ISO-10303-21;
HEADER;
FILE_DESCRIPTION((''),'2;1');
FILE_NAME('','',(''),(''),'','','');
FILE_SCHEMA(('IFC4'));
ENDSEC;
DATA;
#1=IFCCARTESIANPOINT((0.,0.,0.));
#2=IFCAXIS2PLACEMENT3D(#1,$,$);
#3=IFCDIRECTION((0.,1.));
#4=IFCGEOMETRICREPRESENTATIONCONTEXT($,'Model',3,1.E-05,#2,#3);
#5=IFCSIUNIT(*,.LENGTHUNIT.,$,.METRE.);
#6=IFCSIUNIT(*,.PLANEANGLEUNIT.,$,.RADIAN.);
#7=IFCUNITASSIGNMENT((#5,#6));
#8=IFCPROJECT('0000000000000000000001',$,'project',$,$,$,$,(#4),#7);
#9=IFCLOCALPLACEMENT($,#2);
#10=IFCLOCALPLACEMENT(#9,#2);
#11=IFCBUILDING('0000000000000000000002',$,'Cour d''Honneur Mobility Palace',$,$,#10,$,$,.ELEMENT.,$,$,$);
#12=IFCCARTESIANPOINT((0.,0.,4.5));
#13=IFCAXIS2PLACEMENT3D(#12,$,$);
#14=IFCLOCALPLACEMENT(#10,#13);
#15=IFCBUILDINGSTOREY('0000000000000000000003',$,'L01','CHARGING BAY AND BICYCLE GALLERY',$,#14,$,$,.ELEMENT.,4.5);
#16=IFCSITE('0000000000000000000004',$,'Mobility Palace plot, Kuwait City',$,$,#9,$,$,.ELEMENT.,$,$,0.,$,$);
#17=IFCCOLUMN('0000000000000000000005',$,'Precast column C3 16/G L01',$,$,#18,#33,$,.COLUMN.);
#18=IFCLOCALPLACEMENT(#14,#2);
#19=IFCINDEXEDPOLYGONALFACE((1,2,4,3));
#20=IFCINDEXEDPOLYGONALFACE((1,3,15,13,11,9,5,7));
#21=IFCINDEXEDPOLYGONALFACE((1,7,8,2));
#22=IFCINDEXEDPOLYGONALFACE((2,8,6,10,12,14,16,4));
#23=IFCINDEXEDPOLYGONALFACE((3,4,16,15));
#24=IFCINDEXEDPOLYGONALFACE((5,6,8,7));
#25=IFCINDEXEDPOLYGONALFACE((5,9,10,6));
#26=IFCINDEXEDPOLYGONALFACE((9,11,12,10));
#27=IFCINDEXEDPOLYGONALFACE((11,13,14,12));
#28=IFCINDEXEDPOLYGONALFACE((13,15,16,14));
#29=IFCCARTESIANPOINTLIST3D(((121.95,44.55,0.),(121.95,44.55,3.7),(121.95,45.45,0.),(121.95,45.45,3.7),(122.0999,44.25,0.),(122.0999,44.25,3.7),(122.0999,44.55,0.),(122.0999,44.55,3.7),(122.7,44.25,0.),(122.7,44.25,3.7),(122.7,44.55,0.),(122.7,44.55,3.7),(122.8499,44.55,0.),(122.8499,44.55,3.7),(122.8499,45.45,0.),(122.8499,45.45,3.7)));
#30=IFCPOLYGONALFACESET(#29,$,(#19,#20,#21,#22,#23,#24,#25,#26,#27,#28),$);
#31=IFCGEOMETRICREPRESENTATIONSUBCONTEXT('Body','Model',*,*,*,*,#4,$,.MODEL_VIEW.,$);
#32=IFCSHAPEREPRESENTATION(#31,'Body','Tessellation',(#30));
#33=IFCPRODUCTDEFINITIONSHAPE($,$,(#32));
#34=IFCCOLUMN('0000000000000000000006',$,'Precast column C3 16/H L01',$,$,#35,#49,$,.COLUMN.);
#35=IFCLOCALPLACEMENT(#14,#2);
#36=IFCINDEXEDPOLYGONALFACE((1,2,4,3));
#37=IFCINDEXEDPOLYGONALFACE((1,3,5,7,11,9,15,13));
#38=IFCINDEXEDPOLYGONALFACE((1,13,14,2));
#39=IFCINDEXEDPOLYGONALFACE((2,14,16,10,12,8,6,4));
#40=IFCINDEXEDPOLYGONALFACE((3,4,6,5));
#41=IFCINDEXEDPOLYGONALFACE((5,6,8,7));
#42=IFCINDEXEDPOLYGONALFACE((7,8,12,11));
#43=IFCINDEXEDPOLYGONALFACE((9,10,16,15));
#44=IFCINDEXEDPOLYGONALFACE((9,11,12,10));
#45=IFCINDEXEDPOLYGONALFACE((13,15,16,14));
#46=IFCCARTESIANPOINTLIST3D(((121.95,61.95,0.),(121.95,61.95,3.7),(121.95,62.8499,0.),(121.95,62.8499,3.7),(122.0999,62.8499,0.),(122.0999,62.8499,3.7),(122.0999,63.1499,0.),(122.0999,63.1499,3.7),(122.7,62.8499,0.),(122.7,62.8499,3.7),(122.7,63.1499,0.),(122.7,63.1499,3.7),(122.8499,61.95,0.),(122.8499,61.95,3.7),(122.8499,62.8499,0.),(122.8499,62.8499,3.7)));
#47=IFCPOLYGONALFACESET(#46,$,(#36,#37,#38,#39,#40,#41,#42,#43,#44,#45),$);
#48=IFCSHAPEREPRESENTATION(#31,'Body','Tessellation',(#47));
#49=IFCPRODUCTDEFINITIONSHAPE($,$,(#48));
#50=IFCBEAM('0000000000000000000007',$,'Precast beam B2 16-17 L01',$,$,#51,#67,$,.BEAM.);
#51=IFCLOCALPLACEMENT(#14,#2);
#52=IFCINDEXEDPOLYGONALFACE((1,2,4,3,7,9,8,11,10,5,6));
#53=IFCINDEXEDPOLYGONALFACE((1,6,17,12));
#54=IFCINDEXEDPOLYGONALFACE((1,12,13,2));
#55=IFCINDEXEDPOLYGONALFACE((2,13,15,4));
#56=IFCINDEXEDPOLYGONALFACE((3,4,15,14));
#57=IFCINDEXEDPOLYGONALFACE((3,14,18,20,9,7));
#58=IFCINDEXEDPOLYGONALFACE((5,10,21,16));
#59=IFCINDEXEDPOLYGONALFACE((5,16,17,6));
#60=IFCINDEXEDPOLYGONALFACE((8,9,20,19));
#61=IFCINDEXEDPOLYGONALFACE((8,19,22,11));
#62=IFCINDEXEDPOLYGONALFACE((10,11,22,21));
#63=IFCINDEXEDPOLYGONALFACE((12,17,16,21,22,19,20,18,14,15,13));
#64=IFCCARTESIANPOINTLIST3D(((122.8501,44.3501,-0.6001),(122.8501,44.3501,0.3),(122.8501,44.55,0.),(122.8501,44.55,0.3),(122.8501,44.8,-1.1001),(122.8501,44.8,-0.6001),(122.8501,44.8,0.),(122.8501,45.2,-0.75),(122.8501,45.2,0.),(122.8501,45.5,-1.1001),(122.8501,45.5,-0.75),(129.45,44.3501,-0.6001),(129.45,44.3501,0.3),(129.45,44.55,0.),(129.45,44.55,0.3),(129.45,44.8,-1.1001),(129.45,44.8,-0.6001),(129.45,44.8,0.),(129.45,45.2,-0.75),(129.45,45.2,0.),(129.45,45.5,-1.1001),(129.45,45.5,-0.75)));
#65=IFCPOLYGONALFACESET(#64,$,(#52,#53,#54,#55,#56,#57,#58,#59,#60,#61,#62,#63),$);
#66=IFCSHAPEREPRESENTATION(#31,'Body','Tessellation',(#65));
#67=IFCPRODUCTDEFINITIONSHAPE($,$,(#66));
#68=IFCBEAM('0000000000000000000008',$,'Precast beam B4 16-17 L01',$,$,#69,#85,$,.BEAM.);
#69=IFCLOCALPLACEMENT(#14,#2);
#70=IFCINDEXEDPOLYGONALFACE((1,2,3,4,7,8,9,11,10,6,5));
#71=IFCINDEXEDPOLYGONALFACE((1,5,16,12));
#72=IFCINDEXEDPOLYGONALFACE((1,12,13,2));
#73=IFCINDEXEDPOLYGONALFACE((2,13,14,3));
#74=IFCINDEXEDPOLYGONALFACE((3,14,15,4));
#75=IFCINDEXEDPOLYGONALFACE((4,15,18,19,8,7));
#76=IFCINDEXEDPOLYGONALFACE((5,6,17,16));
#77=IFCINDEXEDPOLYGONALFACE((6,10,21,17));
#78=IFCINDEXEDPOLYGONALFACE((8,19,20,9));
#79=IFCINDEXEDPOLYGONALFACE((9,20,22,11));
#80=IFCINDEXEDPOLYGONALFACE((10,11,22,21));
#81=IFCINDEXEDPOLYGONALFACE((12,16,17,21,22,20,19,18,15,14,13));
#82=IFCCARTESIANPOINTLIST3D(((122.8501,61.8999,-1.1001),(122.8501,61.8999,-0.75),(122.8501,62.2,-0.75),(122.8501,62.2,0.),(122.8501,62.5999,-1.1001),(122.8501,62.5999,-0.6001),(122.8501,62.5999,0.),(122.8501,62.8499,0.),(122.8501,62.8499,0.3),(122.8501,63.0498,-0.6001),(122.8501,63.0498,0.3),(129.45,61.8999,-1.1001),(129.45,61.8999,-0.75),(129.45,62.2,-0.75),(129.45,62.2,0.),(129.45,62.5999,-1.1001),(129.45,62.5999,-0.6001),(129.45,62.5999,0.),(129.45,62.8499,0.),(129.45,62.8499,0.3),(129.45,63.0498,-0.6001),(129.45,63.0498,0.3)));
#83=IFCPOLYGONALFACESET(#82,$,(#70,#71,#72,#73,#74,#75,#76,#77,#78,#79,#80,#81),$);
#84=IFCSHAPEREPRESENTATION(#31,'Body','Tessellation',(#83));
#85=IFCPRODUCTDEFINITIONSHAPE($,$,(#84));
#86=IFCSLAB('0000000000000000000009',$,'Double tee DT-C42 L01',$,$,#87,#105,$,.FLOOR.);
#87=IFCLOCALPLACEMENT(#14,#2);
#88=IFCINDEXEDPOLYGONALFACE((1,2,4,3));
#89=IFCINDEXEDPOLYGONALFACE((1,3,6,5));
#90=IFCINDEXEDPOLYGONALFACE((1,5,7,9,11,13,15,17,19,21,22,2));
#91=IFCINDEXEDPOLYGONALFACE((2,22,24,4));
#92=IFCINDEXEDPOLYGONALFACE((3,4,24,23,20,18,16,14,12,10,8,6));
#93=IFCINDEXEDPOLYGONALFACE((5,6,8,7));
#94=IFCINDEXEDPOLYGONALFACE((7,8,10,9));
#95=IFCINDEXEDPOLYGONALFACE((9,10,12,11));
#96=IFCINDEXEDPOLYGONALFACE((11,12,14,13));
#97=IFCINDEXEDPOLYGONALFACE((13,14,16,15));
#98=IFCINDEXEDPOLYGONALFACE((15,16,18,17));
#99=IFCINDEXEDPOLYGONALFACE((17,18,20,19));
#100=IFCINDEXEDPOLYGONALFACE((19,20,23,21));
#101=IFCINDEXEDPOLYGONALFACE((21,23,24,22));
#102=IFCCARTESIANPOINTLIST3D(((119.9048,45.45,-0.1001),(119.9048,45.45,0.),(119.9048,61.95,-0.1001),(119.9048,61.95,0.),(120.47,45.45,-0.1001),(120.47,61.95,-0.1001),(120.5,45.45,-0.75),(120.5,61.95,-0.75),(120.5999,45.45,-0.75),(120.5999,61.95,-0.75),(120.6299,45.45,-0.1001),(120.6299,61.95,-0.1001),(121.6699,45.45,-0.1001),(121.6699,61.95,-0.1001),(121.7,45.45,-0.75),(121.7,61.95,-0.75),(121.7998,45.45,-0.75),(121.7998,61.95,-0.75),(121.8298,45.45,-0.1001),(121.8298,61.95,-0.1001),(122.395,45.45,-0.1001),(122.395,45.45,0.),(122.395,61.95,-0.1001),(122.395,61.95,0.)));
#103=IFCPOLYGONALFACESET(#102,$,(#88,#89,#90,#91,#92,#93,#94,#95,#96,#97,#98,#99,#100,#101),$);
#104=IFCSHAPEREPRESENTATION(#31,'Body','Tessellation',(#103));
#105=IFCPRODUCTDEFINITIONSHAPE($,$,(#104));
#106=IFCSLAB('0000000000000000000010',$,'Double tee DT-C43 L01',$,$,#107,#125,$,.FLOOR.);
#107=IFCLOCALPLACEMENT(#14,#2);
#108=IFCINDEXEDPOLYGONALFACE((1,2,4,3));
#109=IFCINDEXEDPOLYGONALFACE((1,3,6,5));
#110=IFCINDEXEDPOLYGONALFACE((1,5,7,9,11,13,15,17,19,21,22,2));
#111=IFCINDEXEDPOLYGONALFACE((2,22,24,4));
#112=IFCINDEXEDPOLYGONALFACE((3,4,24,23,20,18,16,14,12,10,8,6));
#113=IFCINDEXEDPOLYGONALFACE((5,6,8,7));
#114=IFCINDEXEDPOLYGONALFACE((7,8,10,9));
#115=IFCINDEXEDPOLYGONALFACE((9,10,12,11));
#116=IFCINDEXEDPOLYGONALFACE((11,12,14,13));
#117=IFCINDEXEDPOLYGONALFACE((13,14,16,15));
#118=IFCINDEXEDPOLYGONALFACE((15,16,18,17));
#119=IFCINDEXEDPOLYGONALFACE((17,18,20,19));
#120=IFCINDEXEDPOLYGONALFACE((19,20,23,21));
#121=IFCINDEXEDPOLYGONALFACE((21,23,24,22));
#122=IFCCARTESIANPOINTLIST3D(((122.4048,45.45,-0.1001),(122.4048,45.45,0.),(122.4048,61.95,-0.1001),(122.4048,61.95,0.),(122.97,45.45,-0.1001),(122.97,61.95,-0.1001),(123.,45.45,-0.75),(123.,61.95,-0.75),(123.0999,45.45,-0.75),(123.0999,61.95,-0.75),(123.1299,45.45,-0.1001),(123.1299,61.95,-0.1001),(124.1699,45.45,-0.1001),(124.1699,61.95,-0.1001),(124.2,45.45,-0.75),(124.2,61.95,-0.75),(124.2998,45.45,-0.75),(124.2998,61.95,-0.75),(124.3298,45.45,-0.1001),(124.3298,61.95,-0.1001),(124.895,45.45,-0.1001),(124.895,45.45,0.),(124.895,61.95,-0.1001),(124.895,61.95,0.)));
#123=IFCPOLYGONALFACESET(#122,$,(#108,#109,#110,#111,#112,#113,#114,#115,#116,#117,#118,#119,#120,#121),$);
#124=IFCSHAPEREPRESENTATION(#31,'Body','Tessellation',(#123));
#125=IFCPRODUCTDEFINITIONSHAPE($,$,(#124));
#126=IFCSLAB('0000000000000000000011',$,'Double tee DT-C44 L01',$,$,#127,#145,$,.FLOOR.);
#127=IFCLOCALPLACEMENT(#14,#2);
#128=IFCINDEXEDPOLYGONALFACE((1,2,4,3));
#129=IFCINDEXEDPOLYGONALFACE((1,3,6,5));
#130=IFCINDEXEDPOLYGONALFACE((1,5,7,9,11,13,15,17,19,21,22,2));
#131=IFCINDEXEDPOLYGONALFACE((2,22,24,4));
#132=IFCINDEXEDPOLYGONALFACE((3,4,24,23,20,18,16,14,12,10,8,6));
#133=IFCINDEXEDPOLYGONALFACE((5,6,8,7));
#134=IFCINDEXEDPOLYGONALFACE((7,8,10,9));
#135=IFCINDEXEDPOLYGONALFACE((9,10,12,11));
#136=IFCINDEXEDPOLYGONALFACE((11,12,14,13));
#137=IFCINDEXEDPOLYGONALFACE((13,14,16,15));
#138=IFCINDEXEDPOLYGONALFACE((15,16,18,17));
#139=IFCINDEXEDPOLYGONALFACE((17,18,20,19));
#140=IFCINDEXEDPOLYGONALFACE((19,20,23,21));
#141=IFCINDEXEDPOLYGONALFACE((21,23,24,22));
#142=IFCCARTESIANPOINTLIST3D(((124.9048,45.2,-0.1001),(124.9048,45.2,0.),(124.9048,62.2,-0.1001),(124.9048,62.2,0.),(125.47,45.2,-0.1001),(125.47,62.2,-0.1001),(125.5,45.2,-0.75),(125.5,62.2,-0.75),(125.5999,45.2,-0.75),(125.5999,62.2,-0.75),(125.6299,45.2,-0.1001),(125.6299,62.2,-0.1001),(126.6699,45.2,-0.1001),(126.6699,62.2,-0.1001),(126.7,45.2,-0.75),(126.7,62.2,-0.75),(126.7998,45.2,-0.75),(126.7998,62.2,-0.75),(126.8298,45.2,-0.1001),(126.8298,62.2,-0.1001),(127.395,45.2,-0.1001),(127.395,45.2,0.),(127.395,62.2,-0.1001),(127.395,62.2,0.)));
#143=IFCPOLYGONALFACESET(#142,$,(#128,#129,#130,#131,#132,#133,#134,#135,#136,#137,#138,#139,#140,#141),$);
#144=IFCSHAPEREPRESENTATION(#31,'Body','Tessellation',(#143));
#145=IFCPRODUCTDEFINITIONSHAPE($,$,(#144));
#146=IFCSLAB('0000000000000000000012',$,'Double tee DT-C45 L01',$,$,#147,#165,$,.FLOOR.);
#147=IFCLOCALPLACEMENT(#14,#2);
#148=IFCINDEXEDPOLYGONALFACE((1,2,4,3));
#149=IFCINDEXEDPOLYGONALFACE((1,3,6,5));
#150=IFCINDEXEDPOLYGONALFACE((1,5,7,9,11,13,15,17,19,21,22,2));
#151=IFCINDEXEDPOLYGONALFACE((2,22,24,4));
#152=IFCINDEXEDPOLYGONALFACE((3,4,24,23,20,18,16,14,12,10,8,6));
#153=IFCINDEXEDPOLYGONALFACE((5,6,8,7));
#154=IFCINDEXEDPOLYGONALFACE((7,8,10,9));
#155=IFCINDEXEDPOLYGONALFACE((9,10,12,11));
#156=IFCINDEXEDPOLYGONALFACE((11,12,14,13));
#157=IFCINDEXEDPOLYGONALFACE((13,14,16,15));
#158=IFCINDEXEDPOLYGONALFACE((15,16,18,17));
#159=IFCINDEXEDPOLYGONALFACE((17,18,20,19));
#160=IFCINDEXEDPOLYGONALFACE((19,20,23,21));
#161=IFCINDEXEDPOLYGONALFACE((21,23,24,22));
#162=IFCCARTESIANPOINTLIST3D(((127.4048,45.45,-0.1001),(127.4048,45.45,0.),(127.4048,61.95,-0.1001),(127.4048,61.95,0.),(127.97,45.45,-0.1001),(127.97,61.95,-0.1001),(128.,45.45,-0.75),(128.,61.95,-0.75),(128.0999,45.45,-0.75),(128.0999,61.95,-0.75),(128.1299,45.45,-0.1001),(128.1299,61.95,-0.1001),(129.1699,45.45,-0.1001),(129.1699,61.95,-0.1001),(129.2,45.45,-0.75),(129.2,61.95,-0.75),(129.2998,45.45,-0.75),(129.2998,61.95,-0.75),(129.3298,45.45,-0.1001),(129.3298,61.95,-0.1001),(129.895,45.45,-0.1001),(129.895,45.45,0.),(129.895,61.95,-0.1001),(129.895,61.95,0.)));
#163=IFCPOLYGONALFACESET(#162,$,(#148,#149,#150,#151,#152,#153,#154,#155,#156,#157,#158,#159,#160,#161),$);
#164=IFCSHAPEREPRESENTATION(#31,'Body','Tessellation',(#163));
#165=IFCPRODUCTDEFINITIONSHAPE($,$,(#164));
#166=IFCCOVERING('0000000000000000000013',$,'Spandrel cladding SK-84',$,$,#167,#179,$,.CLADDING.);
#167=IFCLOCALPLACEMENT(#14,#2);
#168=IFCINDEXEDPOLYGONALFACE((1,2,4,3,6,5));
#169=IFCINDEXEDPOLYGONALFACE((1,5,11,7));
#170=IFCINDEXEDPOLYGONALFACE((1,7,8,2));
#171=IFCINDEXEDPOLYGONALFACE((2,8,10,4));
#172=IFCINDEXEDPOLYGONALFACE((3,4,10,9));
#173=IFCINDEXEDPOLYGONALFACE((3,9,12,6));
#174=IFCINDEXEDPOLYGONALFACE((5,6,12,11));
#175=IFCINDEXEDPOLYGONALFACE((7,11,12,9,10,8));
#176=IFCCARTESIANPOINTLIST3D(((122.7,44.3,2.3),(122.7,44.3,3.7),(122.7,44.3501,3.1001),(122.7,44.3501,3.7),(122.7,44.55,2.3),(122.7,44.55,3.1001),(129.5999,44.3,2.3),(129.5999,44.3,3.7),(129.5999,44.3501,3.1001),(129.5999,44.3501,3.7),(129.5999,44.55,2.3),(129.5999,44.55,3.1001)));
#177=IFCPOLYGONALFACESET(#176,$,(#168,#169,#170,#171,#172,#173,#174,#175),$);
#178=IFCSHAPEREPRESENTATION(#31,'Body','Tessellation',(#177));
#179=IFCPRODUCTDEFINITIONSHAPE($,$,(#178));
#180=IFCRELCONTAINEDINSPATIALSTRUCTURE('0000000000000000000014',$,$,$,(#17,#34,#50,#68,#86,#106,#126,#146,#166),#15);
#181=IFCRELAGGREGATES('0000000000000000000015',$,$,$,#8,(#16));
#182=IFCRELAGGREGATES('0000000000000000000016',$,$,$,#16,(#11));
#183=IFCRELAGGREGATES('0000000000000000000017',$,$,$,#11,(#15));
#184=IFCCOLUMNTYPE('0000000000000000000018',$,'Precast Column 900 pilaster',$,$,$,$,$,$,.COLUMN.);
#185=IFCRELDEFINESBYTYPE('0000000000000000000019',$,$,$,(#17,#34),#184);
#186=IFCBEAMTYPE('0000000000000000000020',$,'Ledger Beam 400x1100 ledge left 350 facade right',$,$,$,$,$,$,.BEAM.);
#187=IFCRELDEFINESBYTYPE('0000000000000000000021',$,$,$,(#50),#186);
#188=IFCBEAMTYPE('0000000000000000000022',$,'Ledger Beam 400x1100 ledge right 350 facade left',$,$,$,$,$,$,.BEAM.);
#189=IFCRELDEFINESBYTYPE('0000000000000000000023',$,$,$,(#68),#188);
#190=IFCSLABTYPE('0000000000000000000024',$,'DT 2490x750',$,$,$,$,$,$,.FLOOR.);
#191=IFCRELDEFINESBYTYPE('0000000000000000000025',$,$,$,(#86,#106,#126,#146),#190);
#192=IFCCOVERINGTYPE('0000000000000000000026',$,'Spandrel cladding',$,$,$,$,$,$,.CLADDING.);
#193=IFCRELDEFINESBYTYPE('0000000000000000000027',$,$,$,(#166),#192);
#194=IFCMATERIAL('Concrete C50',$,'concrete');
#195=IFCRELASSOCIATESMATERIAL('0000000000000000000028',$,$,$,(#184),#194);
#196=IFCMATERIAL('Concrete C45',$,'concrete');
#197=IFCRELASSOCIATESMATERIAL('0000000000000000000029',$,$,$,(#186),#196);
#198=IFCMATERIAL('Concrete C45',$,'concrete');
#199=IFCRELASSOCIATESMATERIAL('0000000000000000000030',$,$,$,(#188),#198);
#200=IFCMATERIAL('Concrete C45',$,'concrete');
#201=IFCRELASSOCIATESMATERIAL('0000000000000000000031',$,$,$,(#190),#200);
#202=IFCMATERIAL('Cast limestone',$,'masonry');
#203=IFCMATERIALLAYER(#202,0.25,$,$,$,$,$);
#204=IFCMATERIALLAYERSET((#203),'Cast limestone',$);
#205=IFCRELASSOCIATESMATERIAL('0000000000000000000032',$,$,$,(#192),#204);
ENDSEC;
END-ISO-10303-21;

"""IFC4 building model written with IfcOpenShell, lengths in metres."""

from ifc_helpers import new_model, si_unit, direction, frame, origin, place, context, subcontext, project, spatial, polyline, outline, extrude, material, layer, layer_set, material_profile, profile_set, type_object, element, save


model = new_model("IFC4")

# Units and contexts
model_context = context("Model", 3, precision=1e-05, world=origin(), true_north=direction((0.0, 1.0)))
body_context = subcontext(model_context, "Body", "Model", "MODEL_VIEW")
ifc_project = project(units=[si_unit("LENGTHUNIT", "METRE"), si_unit("PLANEANGLEUNIT", "RADIAN")], contexts=[model_context])

# Site, building, storey
site_placement = place(None, origin())
site = spatial("IfcSite", under=ifc_project, at=site_placement, Name="Mobility Palace plot, Kuwait City", CompositionType="ELEMENT", RefElevation=0.0)
building_placement = place(site_placement, origin())
building = spatial("IfcBuilding", under=site, at=building_placement, Name="Cour d'Honneur Mobility Palace", CompositionType="ELEMENT")
storey_placement = place(building_placement, frame((0.0, 0.0, 4.5)))
storey = spatial("IfcBuildingStorey", under=building, at=storey_placement, Name="L01", Description="CHARGING BAY AND BICYCLE GALLERY", CompositionType="ELEMENT", Elevation=4.5)

# Columns
ifc_material_1 = material(Name="Concrete C50", Category="concrete")
ifc_material_profile_1 = material_profile(ifc_material_1, outline(polyline([(-0.45, -0.45), (0.45, -0.45), (0.45, -0.3), (0.75, -0.3), (0.75, 0.3), (0.45, 0.3), (0.45, 0.45), (-0.45, 0.45), (-0.45, -0.45)])), Name="PC C900 pilaster")
ifc_profile_set_1 = profile_set([ifc_material_profile_1], Name="Concrete C50")
column_type = type_object("IfcColumnType", Name="Precast Column 900 pilaster", PredefinedType="COLUMN", material=ifc_profile_set_1)
for number, where, z_axis, x_axis, name in (
    (1, (122.3999, 45.0, 0.0), (0.0, 0.0, 1.0), (0.0, -1.0, 0.0), "Precast column C3 16/G L01"),
    (2, (122.3999, 62.3999, 0.0), (0.0, 0.0, 1.0), (0.0, 1.0, 0.0), "Precast column C3 16/H L01"),
):
    element("IfcColumn", number, at=place(storey_placement, frame(where, z_axis=z_axis, x_axis=x_axis)), inside=storey, type_object=column_type, Name=name, PredefinedType="COLUMN", context=body_context, shape_type="SweptSolid", body=[
        extrude(outline(polyline([(-0.45, -0.45), (0.45, -0.45), (0.45, -0.3), (0.75, -0.3), (0.75, 0.3), (0.45, 0.3), (0.45, 0.45), (-0.45, 0.45), (-0.45, -0.45)])), origin(), (0.0, 0.0, 1.0), 3.7),
    ])

# Beams
ifc_material_2 = material(Name="Concrete C45", Category="concrete")
ifc_material_profile_2 = material_profile(ifc_material_2, outline(polyline([(0.5, -1.1001), (0.5, -0.75), (0.2, -0.75), (0.2, 0.0), (-0.2, 0.0), (-0.45, 0.0), (-0.45, 0.3), (-0.6499, 0.3), (-0.6499, -0.6001), (-0.2, -0.6001), (-0.2, -1.1001), (0.5, -1.1001)])), Name="Ledger Beam 400x1100 ledge left 350 facade right")
ifc_profile_set_2 = profile_set([ifc_material_profile_2], Name="Concrete C45")
beam_type_1 = type_object("IfcBeamType", Name="Ledger Beam 400x1100 ledge left 350 facade right", PredefinedType="BEAM", material=ifc_profile_set_2)
beam_1_placement = place(storey_placement, frame((122.8501, 45.0, 0.0), z_axis=(1.0, 0.0, 0.0), x_axis=(0.0, 1.0, 0.0)))
element("IfcBeam", 3, at=beam_1_placement, inside=storey, type_object=beam_type_1, Name="Precast beam B2 16-17 L01", PredefinedType="BEAM", context=body_context, shape_type="SweptSolid", body=[
    extrude(outline(polyline([(0.5, -1.1001), (0.5, -0.75), (0.2, -0.75), (0.2, 0.0), (-0.2, 0.0), (-0.45, 0.0), (-0.45, 0.3), (-0.6499, 0.3), (-0.6499, -0.6001), (-0.2, -0.6001), (-0.2, -1.1001), (0.5, -1.1001)])), origin(), (0.0, 0.0, 1.0), 6.5999),
])
ifc_material_3 = material(Name="Concrete C45", Category="concrete")
ifc_material_profile_3 = material_profile(ifc_material_3, outline(polyline([(0.2, -1.1001), (0.2, -0.6001), (0.6499, -0.6001), (0.6499, 0.3), (0.45, 0.3), (0.45, 0.0), (0.2, 0.0), (-0.2, 0.0), (-0.2, -0.75), (-0.5, -0.75), (-0.5, -1.1001), (0.2, -1.1001)])), Name="Ledger Beam 400x1100 ledge right 350 facade left")
ifc_profile_set_3 = profile_set([ifc_material_profile_3], Name="Concrete C45")
beam_type_2 = type_object("IfcBeamType", Name="Ledger Beam 400x1100 ledge right 350 facade left", PredefinedType="BEAM", material=ifc_profile_set_3)
beam_2_placement = place(storey_placement, frame((122.8501, 62.3999, 0.0), z_axis=(1.0, 0.0, 0.0), x_axis=(0.0, 1.0, 0.0)))
element("IfcBeam", 4, at=beam_2_placement, inside=storey, type_object=beam_type_2, Name="Precast beam B4 16-17 L01", PredefinedType="BEAM", context=body_context, shape_type="SweptSolid", body=[
    extrude(outline(polyline([(0.2, -1.1001), (0.2, -0.6001), (0.6499, -0.6001), (0.6499, 0.3), (0.45, 0.3), (0.45, 0.0), (0.2, 0.0), (-0.2, 0.0), (-0.2, -0.75), (-0.5, -0.75), (-0.5, -1.1001), (0.2, -1.1001)])), origin(), (0.0, 0.0, 1.0), 6.5999),
])

# Slabs
ifc_material_4 = material(Name="Concrete C45", Category="concrete")
ifc_material_profile_4 = material_profile(ifc_material_4, outline(polyline([(-1.2451, 0.0), (1.2451, 0.0), (1.2451, -0.1001), (0.6799, -0.1001), (0.6499, -0.75), (0.55, -0.75), (0.52, -0.1001), (-0.52, -0.1001), (-0.55, -0.75), (-0.6499, -0.75), (-0.6799, -0.1001), (-1.2451, -0.1001), (-1.2451, 0.0)])), Name="DT 2490x750")
ifc_profile_set_4 = profile_set([ifc_material_profile_4], Name="Concrete C45")
slab_type = type_object("IfcSlabType", Name="DT 2490x750", PredefinedType="FLOOR", material=ifc_profile_set_4)
for number, where, z_axis, x_axis, name in (
    (5, (121.1499, 45.45, 0.0), (0.0, 1.0, 0.0), (-1.0, 0.0, 0.0), "Double tee DT-C42 L01"),
    (6, (123.6499, 45.45, 0.0), (0.0, 1.0, 0.0), (-1.0, 0.0, 0.0), "Double tee DT-C43 L01"),
):
    element("IfcSlab", number, at=place(storey_placement, frame(where, z_axis=z_axis, x_axis=x_axis)), inside=storey, type_object=slab_type, Name=name, PredefinedType="FLOOR", context=body_context, shape_type="SweptSolid", body=[
        extrude(outline(polyline([(-1.2451, 0.0), (1.2451, 0.0), (1.2451, -0.1001), (0.6799, -0.1001), (0.6499, -0.75), (0.55, -0.75), (0.52, -0.1001), (-0.52, -0.1001), (-0.55, -0.75), (-0.6499, -0.75), (-0.6799, -0.1001), (-1.2451, -0.1001), (-1.2451, 0.0)])), origin(), (0.0, 0.0, 1.0), 16.5),
    ])
slab_1_placement = place(storey_placement, frame((126.1499, 45.2, 0.0), z_axis=(0.0, 1.0, 0.0), x_axis=(-1.0, 0.0, 0.0)))
element("IfcSlab", 7, at=slab_1_placement, inside=storey, type_object=slab_type, Name="Double tee DT-C44 L01", PredefinedType="FLOOR", context=body_context, shape_type="SweptSolid", body=[
    extrude(outline(polyline([(-1.2451, 0.0), (1.2451, 0.0), (1.2451, -0.1001), (0.6799, -0.1001), (0.6499, -0.75), (0.55, -0.75), (0.52, -0.1001), (-0.52, -0.1001), (-0.55, -0.75), (-0.6499, -0.75), (-0.6799, -0.1001), (-1.2451, -0.1001), (-1.2451, 0.0)])), origin(), (0.0, 0.0, 1.0), 17.0),
])
slab_2_placement = place(storey_placement, frame((128.6499, 45.45, 0.0), z_axis=(0.0, 1.0, 0.0), x_axis=(-1.0, 0.0, 0.0)))
element("IfcSlab", 8, at=slab_2_placement, inside=storey, type_object=slab_type, Name="Double tee DT-C45 L01", PredefinedType="FLOOR", context=body_context, shape_type="SweptSolid", body=[
    extrude(outline(polyline([(-1.2451, 0.0), (1.2451, 0.0), (1.2451, -0.1001), (0.6799, -0.1001), (0.6499, -0.75), (0.55, -0.75), (0.52, -0.1001), (-0.52, -0.1001), (-0.55, -0.75), (-0.6499, -0.75), (-0.6799, -0.1001), (-1.2451, -0.1001), (-1.2451, 0.0)])), origin(), (0.0, 0.0, 1.0), 16.5),
])

# Covering
ifc_material_5 = material(Name="Cast limestone", Category="masonry")
ifc_layer_1 = layer(ifc_material_5, 0.25)
ifc_layer_set_1 = layer_set([ifc_layer_1], Name="Cast limestone")
covering_type = type_object("IfcCoveringType", Name="Spandrel cladding", PredefinedType="CLADDING", material=ifc_layer_set_1)
covering_placement = place(storey_placement, frame((122.7, 44.55, 2.3), z_axis=(-1.0, 0.0, 0.0), x_axis=(0.0, -1.0, 0.0)))
element("IfcCovering", 9, at=covering_placement, inside=storey, type_object=covering_type, Name="Spandrel cladding SK-84", PredefinedType="CLADDING", context=body_context, shape_type="SweptSolid", body=[
    extrude(outline(polyline([(0.0, 0.0), (0.25, 0.0), (0.25, 1.3999), (0.2, 1.3999), (0.2, 0.8), (0.0, 0.8), (0.0, 0.0)])), origin(), (0.0, 0.0, -1.0), 6.8999),
])

save(model, "model.ifc")
